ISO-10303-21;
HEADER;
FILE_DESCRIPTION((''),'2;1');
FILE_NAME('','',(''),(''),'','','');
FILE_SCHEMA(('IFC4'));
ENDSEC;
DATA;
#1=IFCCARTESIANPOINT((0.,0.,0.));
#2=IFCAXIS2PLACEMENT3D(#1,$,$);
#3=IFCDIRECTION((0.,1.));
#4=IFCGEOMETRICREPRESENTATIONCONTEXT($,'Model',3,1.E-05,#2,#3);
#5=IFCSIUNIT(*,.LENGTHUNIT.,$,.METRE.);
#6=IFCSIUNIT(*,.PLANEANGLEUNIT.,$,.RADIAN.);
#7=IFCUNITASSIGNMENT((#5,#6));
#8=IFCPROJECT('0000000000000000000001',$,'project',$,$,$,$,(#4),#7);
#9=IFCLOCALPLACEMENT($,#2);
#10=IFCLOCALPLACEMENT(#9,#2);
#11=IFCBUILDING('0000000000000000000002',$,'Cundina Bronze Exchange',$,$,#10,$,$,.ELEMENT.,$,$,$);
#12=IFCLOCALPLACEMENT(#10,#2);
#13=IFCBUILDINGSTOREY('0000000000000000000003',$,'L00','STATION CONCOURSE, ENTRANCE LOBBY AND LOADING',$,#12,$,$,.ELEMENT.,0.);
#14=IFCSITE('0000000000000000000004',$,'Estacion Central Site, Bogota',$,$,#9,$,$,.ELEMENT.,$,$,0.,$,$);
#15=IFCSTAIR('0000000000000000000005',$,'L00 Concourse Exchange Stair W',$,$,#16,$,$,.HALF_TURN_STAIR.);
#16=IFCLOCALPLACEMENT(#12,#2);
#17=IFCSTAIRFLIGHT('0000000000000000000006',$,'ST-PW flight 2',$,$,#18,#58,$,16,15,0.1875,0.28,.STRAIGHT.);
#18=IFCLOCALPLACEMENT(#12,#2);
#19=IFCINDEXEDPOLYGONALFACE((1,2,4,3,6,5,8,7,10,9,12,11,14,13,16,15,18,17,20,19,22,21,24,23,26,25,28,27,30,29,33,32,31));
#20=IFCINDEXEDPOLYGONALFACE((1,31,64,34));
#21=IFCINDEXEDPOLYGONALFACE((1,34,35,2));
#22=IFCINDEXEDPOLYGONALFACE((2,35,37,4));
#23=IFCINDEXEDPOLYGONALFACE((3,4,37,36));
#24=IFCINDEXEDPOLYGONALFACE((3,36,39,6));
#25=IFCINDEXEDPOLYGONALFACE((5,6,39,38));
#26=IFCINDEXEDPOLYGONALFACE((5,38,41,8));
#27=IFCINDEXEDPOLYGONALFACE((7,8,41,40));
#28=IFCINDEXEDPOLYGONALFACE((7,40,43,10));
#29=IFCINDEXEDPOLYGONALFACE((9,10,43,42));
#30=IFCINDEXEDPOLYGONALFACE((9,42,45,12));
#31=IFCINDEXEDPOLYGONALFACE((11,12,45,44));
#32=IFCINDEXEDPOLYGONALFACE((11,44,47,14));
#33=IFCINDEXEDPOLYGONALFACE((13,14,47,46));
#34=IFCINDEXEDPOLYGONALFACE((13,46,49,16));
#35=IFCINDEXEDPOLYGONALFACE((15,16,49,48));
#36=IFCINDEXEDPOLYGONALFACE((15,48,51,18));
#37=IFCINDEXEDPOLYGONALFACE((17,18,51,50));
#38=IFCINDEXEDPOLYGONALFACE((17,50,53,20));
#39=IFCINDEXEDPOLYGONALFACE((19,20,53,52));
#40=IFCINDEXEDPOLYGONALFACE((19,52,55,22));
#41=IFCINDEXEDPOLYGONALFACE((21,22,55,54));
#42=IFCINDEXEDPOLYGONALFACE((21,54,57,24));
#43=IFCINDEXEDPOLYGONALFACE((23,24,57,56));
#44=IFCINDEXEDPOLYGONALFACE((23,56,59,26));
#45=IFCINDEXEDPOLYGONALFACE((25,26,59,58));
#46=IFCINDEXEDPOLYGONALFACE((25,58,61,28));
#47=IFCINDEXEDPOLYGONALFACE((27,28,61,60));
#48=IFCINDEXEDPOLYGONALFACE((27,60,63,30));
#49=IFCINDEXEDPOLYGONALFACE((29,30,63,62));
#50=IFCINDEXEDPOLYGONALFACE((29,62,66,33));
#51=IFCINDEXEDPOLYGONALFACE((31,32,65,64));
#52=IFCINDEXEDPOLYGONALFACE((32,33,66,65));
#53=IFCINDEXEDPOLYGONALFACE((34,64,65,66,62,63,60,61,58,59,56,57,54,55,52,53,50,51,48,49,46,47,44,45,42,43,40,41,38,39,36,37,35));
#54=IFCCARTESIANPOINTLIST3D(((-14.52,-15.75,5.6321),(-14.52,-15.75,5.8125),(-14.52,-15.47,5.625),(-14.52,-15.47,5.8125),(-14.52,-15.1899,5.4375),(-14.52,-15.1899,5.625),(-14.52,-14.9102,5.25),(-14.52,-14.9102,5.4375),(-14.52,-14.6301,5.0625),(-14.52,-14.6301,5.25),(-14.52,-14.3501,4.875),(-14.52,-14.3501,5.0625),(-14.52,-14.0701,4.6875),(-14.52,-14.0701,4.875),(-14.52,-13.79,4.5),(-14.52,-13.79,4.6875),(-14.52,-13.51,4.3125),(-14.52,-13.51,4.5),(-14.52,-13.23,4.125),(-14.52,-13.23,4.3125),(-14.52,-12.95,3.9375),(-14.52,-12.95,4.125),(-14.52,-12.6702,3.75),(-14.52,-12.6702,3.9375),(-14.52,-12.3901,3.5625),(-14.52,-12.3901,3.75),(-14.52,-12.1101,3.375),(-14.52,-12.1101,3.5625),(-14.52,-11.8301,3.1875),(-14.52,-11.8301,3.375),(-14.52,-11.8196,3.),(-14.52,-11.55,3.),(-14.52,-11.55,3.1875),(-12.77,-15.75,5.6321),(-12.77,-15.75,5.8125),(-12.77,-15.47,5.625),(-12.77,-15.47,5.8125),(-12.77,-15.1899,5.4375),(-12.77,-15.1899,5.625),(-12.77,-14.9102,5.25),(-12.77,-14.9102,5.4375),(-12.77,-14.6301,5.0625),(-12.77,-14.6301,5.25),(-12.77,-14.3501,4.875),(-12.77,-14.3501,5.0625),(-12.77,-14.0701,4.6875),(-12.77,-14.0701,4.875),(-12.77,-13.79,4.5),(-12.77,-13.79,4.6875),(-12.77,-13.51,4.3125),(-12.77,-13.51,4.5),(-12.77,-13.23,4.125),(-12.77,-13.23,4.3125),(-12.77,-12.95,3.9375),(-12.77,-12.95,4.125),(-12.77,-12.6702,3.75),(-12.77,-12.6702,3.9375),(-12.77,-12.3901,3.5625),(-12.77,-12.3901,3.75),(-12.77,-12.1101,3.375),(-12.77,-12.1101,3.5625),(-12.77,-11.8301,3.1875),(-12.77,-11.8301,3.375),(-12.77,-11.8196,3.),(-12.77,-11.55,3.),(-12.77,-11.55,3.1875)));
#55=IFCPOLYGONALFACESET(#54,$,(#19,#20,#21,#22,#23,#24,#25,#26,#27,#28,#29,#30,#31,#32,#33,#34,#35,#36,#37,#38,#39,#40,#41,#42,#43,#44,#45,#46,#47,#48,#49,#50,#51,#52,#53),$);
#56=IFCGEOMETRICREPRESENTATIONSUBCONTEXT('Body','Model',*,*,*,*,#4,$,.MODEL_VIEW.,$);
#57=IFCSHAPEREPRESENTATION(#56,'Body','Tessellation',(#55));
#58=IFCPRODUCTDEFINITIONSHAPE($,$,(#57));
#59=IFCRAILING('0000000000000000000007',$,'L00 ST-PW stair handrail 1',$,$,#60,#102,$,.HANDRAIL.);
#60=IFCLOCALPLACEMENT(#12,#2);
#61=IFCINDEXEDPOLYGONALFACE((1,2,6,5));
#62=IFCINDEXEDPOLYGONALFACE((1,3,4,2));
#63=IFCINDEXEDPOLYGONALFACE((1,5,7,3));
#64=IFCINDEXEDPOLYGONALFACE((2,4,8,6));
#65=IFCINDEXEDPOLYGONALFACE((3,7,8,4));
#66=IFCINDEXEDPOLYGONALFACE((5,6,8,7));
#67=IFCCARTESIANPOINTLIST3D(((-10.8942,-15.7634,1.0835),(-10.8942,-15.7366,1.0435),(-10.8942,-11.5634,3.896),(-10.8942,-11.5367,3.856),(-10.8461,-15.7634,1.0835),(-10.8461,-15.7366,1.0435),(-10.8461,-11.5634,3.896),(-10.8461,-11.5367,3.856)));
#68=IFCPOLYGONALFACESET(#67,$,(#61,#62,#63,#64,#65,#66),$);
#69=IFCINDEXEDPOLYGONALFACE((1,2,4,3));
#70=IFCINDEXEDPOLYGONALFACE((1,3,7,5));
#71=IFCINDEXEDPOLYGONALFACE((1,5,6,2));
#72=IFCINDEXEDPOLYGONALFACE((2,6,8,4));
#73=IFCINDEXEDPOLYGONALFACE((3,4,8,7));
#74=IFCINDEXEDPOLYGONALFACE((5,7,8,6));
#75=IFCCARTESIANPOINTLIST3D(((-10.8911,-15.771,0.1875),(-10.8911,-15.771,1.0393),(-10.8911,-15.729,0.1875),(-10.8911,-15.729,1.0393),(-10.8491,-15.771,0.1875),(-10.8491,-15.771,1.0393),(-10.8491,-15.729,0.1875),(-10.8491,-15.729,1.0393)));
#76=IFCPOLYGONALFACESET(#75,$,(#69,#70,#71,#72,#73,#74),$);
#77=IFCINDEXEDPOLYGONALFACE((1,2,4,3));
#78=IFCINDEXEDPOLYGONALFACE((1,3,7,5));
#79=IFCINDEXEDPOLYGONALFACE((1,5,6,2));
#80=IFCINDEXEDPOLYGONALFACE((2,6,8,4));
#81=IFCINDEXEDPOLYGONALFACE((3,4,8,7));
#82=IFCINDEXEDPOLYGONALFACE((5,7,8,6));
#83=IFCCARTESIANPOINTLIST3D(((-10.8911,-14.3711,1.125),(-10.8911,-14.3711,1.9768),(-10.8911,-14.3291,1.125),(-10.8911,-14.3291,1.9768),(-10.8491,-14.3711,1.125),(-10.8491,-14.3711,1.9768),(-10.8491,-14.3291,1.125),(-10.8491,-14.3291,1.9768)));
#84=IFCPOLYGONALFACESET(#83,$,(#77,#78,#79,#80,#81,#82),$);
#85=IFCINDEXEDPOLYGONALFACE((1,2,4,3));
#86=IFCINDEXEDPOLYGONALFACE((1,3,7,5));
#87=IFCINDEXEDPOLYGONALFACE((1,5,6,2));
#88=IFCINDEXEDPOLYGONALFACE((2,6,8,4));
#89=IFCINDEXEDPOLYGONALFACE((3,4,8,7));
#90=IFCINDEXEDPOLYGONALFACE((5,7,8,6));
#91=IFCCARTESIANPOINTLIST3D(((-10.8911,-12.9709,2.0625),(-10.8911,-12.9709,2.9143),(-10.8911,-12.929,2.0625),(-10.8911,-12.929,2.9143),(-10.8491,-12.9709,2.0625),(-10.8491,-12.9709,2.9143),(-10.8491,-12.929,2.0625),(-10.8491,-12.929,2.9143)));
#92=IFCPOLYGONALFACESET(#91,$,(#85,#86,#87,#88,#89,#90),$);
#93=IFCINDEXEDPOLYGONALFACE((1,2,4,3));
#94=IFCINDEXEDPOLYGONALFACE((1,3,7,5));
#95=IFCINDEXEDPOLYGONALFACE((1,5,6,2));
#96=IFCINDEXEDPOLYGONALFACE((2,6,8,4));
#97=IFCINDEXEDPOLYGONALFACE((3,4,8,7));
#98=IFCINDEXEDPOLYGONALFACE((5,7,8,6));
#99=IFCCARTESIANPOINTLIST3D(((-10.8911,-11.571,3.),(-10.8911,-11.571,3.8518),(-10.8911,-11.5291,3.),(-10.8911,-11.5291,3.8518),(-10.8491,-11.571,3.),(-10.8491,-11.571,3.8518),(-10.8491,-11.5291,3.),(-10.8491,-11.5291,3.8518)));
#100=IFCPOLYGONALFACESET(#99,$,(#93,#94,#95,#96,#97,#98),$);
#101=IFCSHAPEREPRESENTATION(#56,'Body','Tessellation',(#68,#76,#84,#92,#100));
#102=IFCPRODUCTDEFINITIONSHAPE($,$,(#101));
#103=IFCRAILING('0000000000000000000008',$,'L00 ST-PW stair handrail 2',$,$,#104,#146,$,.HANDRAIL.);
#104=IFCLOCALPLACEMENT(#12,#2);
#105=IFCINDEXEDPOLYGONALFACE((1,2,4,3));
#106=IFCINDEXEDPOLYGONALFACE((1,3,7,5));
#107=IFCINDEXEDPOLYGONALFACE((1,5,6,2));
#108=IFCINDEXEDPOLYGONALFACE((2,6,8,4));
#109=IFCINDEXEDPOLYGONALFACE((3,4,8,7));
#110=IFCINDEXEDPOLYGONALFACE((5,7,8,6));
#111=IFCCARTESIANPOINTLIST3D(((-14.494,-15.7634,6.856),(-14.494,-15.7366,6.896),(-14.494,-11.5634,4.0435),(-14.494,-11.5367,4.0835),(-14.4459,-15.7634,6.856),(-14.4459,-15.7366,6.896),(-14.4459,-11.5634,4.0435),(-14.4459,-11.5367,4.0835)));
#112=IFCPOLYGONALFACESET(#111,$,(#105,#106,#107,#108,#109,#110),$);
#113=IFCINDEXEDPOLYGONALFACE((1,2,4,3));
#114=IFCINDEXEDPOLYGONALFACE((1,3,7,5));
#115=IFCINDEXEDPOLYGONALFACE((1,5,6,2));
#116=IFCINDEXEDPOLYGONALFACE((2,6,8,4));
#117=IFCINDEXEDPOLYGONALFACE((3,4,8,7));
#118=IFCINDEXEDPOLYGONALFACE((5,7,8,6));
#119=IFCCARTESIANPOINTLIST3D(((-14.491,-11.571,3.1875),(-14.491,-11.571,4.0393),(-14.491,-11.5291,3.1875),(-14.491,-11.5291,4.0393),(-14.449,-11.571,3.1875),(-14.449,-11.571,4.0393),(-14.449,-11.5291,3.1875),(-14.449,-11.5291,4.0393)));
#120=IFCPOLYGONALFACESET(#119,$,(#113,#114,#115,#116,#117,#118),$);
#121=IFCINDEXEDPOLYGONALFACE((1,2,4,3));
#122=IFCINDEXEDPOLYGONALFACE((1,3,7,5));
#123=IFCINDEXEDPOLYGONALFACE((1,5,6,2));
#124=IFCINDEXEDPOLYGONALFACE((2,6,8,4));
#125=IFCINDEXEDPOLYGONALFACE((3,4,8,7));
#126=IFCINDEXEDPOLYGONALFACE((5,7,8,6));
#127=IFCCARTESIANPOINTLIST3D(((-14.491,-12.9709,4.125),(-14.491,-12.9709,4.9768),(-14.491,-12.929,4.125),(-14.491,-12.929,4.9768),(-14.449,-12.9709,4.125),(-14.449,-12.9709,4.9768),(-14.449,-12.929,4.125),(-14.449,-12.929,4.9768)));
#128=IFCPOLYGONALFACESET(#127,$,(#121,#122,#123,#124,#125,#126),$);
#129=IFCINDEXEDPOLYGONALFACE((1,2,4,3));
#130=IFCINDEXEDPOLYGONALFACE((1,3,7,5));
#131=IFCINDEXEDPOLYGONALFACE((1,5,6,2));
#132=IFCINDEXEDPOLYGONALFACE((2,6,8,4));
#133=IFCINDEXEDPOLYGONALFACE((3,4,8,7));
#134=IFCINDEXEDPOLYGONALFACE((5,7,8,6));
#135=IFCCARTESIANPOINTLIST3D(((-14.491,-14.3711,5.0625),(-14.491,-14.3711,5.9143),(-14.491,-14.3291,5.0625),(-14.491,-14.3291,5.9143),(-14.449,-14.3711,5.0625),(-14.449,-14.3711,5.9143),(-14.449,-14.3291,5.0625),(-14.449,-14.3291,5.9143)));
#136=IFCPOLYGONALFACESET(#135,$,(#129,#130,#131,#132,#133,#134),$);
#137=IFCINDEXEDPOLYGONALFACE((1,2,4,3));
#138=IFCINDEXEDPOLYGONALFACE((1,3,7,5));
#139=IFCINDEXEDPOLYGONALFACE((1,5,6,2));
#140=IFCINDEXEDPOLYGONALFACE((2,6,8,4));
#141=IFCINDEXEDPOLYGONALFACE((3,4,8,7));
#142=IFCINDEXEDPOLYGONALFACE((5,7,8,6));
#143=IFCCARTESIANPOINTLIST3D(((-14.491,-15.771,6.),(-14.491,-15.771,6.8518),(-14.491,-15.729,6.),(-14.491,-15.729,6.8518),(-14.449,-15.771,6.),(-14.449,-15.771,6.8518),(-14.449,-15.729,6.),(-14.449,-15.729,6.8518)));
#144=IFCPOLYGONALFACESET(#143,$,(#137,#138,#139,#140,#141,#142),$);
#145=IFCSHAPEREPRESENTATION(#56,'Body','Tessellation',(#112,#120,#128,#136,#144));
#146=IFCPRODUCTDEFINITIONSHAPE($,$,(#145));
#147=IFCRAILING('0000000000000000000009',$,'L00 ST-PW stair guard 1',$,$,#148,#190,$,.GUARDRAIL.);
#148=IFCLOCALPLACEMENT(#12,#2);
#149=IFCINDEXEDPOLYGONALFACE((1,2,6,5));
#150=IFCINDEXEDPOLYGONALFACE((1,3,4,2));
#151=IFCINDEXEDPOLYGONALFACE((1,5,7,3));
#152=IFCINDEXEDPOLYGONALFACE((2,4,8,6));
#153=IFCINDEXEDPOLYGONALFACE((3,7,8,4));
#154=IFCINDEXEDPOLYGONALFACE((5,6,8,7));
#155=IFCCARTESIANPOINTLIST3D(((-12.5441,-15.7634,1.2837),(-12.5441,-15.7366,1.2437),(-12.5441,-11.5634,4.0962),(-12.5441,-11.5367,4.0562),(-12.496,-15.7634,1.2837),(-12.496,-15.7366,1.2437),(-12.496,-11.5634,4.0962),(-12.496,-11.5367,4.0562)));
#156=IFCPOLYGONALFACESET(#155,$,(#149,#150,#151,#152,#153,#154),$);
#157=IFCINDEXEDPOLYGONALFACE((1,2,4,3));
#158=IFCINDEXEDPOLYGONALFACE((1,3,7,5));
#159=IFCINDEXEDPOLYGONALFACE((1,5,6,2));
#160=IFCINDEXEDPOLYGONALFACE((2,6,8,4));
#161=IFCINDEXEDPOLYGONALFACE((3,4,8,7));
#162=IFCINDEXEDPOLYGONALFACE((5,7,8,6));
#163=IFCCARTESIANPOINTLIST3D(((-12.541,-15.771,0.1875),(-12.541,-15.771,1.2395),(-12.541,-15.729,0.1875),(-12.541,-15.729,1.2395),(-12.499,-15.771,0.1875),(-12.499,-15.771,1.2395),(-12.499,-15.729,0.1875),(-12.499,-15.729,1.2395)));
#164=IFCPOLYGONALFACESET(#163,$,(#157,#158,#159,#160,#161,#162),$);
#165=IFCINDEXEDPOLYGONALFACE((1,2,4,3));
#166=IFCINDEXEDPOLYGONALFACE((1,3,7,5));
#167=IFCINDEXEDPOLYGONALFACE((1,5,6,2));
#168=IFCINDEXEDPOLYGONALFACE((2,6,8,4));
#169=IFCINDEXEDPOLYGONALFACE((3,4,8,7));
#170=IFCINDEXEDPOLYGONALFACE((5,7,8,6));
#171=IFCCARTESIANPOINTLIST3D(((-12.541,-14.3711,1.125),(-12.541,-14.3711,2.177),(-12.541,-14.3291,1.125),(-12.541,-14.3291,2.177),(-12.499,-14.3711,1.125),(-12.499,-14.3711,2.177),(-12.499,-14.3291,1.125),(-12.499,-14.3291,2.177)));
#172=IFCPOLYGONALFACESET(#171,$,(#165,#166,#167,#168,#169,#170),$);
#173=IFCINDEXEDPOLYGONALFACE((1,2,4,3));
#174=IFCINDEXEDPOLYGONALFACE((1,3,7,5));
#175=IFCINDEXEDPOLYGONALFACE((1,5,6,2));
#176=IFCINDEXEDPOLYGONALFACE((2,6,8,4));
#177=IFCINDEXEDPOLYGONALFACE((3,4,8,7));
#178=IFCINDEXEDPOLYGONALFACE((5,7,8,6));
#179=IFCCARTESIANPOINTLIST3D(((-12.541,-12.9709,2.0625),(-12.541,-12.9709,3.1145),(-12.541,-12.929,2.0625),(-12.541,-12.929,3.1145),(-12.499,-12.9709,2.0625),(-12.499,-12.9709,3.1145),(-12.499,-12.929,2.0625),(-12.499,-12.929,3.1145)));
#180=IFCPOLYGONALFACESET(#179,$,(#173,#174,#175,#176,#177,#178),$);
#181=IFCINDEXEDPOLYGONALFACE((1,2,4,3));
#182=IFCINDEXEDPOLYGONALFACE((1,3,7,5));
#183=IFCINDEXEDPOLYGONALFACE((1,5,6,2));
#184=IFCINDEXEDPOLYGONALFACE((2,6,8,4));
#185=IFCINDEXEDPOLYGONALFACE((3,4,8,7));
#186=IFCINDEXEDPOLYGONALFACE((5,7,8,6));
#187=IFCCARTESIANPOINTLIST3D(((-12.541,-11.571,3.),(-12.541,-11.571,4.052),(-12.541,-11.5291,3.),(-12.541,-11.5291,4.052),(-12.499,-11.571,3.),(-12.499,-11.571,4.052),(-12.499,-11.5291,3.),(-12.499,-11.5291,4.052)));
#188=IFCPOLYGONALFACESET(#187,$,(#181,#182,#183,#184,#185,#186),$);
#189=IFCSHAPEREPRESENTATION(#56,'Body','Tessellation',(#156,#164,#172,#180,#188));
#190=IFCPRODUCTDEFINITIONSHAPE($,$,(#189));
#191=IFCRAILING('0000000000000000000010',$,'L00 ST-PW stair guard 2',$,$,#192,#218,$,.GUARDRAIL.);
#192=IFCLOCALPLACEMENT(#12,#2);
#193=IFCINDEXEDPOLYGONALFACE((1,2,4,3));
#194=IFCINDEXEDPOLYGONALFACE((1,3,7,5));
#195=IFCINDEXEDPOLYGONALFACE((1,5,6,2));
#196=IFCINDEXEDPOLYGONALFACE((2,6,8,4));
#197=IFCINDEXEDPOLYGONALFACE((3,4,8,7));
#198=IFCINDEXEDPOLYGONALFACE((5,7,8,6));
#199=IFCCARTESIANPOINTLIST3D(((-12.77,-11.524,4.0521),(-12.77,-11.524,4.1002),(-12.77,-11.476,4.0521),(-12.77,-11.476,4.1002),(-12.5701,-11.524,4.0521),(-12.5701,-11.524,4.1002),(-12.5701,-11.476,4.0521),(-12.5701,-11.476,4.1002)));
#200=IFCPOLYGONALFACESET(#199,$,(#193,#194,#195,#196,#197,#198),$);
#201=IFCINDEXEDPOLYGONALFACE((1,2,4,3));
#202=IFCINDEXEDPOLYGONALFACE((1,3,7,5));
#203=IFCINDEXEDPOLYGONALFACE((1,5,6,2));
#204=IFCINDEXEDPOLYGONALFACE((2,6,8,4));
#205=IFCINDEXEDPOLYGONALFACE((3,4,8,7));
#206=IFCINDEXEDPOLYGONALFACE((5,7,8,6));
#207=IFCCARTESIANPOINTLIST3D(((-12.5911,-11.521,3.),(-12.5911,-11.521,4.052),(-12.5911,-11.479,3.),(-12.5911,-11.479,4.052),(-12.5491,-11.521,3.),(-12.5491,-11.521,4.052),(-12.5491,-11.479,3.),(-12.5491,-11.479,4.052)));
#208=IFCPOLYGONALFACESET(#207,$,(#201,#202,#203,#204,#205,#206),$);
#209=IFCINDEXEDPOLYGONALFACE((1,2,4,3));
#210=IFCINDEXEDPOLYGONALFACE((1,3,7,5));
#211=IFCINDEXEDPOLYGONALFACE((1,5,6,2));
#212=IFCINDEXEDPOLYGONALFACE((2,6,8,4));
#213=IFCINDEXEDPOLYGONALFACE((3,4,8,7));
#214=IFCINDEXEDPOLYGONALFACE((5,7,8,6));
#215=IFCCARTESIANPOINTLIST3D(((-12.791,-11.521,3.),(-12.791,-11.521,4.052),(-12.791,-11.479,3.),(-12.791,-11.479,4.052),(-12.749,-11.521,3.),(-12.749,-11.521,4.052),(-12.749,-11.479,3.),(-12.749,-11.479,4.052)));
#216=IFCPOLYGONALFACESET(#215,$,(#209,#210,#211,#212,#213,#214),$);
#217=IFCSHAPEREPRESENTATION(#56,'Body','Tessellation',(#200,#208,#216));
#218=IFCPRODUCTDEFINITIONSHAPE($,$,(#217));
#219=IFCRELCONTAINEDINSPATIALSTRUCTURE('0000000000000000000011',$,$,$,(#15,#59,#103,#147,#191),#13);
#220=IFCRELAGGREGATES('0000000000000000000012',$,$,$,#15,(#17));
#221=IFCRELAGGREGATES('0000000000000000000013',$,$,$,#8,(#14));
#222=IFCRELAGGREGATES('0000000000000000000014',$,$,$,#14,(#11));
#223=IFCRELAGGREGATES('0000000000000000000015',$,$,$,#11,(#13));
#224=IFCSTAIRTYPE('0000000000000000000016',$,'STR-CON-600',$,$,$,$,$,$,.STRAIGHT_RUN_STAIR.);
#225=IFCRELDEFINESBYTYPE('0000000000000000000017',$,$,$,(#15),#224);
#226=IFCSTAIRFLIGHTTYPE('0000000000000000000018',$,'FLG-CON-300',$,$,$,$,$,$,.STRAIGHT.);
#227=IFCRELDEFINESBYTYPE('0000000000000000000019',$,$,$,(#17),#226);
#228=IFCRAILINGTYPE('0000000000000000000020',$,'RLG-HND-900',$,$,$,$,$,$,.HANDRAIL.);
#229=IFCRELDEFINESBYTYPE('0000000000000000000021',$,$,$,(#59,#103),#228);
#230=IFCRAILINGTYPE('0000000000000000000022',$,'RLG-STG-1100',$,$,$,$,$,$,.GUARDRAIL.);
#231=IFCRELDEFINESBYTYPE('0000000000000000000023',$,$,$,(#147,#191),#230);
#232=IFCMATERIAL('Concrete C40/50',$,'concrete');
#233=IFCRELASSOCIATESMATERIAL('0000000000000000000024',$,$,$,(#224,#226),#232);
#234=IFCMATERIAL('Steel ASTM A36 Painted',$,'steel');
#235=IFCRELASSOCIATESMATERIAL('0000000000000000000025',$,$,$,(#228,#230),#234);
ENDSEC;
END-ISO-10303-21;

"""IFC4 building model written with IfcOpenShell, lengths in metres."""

from ifc_helpers import new_model, si_unit, direction, frame, origin, origin_2d, place, context, subcontext, project, spatial, polyline, rectangle, outline, extrude, material, type_object, element, aggregate, save


model = new_model("IFC4")

# Units and contexts
model_context = context("Model", 3, precision=1e-05, world=origin(), true_north=direction((0.0, 1.0)))
body_context = subcontext(model_context, "Body", "Model", "MODEL_VIEW")
ifc_project = project(units=[si_unit("LENGTHUNIT", "METRE"), si_unit("PLANEANGLEUNIT", "RADIAN")], contexts=[model_context])

# Site, building, storey
site_placement = place(None, origin())
site = spatial("IfcSite", under=ifc_project, at=site_placement, Name="Estacion Central Site, Bogota", CompositionType="ELEMENT", RefElevation=0.0)
building_placement = place(site_placement, origin())
building = spatial("IfcBuilding", under=site, at=building_placement, Name="Cundina Bronze Exchange", CompositionType="ELEMENT")
storey_placement = place(building_placement, origin())
storey = spatial("IfcBuildingStorey", under=building, at=storey_placement, Name="L00", Description="STATION CONCOURSE, ENTRANCE LOBBY AND LOADING", CompositionType="ELEMENT", Elevation=0.0)

# Shared definitions
ifc_material_1 = material(Name="Concrete C40/50", Category="concrete")

# Stair, stair flight
stair_type = type_object("IfcStairType", Name="STR-CON-600", PredefinedType="STRAIGHT_RUN_STAIR", material=ifc_material_1)
stair_placement = place(storey_placement, origin())
stair = element("IfcStair", 1, at=stair_placement, inside=storey, type_object=stair_type, Name="L00 Concourse Exchange Stair W", PredefinedType="HALF_TURN_STAIR")
stair_flight_type = type_object("IfcStairFlightType", Name="FLG-CON-300", PredefinedType="STRAIGHT", material=ifc_material_1)
stair_flight_1_placement = place(storey_placement, frame((-13.645, -11.55, 3.0), z_axis=(0.0, 0.0, 1.0), x_axis=(0.0, -1.0, 0.0)))
stair_flight_1 = element("IfcStairFlight", 2, at=stair_flight_1_placement, type_object=stair_flight_type, Name="ST-PW flight 2", NumberOfRisers=16, NumberOfTreads=15, PredefinedType="STRAIGHT", RiserHeight=0.1875, TreadLength=0.28, context=body_context, shape_type="SweptSolid", body=[
    extrude(outline(polyline([(0.0, 0.0), (0.0, 0.1875), (0.28, 0.1875), (0.28, 0.375), (0.5601, 0.375), (0.5601, 0.5625), (0.8401, 0.5625), (0.8401, 0.75), (1.1201, 0.75), (1.1201, 0.9375), (1.3999, 0.9375), (1.3999, 1.125), (1.6799, 1.125), (1.6799, 1.3125), (1.96, 1.3125), (1.96, 1.5), (2.24, 1.5), (2.24, 1.6875), (2.52, 1.6875), (2.52, 1.875), (2.8, 1.875), (2.8, 2.0625), (3.0801, 2.0625), (3.0801, 2.25), (3.3601, 2.25), (3.3601, 2.4375), (3.6399, 2.4375), (3.6399, 2.625), (3.9199, 2.625), (3.9199, 2.8125), (4.2, 2.8125), (4.2, 3.0), (4.2, 2.6321), (0.2695, 0.0), (0.0, 0.0)])), frame((0.0, 0.875, 0.0), z_axis=(0.0, -1.0, 0.0), x_axis=(1.0, 0.0, 0.0)), (0.0, 0.0, 1.0), 1.75),
])
aggregate(stair, [stair_flight_1])

# Railings
ifc_material_2 = material(Name="Steel ASTM A36 Painted", Category="steel")
railing_type_1 = type_object("IfcRailingType", Name="RLG-HND-900", PredefinedType="HANDRAIL", material=ifc_material_2)
railing_1_placement = place(storey_placement, frame((-10.8701, -15.75, 0.1875)))
element("IfcRailing", 3, at=railing_1_placement, inside=storey, type_object=railing_type_1, Name="L00 ST-PW stair handrail 1", PredefinedType="HANDRAIL", context=body_context, shape_type="SweptSolid", body=[
    extrude(rectangle(XDim=0.0481, YDim=0.0481, at=origin_2d()), frame((0.0, 0.0, 0.876), z_axis=(0.0, 0.830904, 0.556416), x_axis=(-1.0, 0.0, 0.0)), (0.0, 0.0, 1.0), 5.0547),
    extrude(rectangle(XDim=0.042, YDim=0.042, at=origin_2d()), origin(), (0.0, 0.0, 1.0), 0.8518),
    extrude(rectangle(XDim=0.042, YDim=0.042, at=origin_2d()), frame((0.0, 1.3999, 0.9375)), (0.0, 0.0, 1.0), 0.8518),
    extrude(rectangle(XDim=0.042, YDim=0.042, at=origin_2d()), frame((0.0, 2.8, 1.875)), (0.0, 0.0, 1.0), 0.8518),
    extrude(rectangle(XDim=0.042, YDim=0.042, at=origin_2d()), frame((0.0, 4.2, 2.8125)), (0.0, 0.0, 1.0), 0.8518),
])
railing_2_placement = place(storey_placement, frame((-14.47, -11.55, 3.1875)))
element("IfcRailing", 4, at=railing_2_placement, inside=storey, type_object=railing_type_1, Name="L00 ST-PW stair handrail 2", PredefinedType="HANDRAIL", context=body_context, shape_type="SweptSolid", body=[
    extrude(rectangle(XDim=0.0481, YDim=0.0481, at=origin_2d()), frame((0.0, 0.0, 0.876), z_axis=(0.0, -0.830904, 0.556416), x_axis=(1.0, 0.0, 0.0)), (0.0, 0.0, 1.0), 5.0547),
    extrude(rectangle(XDim=0.042, YDim=0.042, at=origin_2d()), origin(), (0.0, 0.0, 1.0), 0.8518),
    extrude(rectangle(XDim=0.042, YDim=0.042, at=origin_2d()), frame((0.0, -1.3999, 0.9375)), (0.0, 0.0, 1.0), 0.8518),
    extrude(rectangle(XDim=0.042, YDim=0.042, at=origin_2d()), frame((0.0, -2.8, 1.875)), (0.0, 0.0, 1.0), 0.8518),
    extrude(rectangle(XDim=0.042, YDim=0.042, at=origin_2d()), frame((0.0, -4.2, 2.8125)), (0.0, 0.0, 1.0), 0.8518),
])
railing_type_2 = type_object("IfcRailingType", Name="RLG-STG-1100", PredefinedType="GUARDRAIL", material=ifc_material_2)
railing_3_placement = place(storey_placement, frame((-12.52, -15.75, 0.1875)))
element("IfcRailing", 5, at=railing_3_placement, inside=storey, type_object=railing_type_2, Name="L00 ST-PW stair guard 1", PredefinedType="GUARDRAIL", context=body_context, shape_type="SweptSolid", body=[
    extrude(rectangle(XDim=0.0481, YDim=0.0481, at=origin_2d()), frame((0.0, 0.0, 1.0762), z_axis=(0.0, 0.830904, 0.556416), x_axis=(-1.0, 0.0, 0.0)), (0.0, 0.0, 1.0), 5.0547),
    extrude(rectangle(XDim=0.042, YDim=0.042, at=origin_2d()), origin(), (0.0, 0.0, 1.0), 1.052),
    extrude(rectangle(XDim=0.042, YDim=0.042, at=origin_2d()), frame((0.0, 1.3999, 0.9375)), (0.0, 0.0, 1.0), 1.052),
    extrude(rectangle(XDim=0.042, YDim=0.042, at=origin_2d()), frame((0.0, 2.8, 1.875)), (0.0, 0.0, 1.0), 1.052),
    extrude(rectangle(XDim=0.042, YDim=0.042, at=origin_2d()), frame((0.0, 4.2, 2.8125)), (0.0, 0.0, 1.0), 1.052),
])
railing_4_placement = place(storey_placement, frame((-12.5701, -11.5, 3.0)))
element("IfcRailing", 6, at=railing_4_placement, inside=storey, type_object=railing_type_2, Name="L00 ST-PW stair guard 2", PredefinedType="GUARDRAIL", context=body_context, shape_type="SweptSolid", body=[
    extrude(rectangle(XDim=0.0481, YDim=0.0481, at=origin_2d()), frame((0.0, 0.0, 1.0762), z_axis=(-1.0, 0.0, 0.0), x_axis=(0.0, -1.0, 0.0)), (0.0, 0.0, 1.0), 0.2),
    extrude(rectangle(XDim=0.042, YDim=0.042, at=origin_2d()), origin(), (0.0, 0.0, 1.0), 1.052),
    extrude(rectangle(XDim=0.042, YDim=0.042, at=origin_2d()), frame((-0.2, 0.0, 0.0)), (0.0, 0.0, 1.0), 1.052),
])

save(model, "model.ifc")
